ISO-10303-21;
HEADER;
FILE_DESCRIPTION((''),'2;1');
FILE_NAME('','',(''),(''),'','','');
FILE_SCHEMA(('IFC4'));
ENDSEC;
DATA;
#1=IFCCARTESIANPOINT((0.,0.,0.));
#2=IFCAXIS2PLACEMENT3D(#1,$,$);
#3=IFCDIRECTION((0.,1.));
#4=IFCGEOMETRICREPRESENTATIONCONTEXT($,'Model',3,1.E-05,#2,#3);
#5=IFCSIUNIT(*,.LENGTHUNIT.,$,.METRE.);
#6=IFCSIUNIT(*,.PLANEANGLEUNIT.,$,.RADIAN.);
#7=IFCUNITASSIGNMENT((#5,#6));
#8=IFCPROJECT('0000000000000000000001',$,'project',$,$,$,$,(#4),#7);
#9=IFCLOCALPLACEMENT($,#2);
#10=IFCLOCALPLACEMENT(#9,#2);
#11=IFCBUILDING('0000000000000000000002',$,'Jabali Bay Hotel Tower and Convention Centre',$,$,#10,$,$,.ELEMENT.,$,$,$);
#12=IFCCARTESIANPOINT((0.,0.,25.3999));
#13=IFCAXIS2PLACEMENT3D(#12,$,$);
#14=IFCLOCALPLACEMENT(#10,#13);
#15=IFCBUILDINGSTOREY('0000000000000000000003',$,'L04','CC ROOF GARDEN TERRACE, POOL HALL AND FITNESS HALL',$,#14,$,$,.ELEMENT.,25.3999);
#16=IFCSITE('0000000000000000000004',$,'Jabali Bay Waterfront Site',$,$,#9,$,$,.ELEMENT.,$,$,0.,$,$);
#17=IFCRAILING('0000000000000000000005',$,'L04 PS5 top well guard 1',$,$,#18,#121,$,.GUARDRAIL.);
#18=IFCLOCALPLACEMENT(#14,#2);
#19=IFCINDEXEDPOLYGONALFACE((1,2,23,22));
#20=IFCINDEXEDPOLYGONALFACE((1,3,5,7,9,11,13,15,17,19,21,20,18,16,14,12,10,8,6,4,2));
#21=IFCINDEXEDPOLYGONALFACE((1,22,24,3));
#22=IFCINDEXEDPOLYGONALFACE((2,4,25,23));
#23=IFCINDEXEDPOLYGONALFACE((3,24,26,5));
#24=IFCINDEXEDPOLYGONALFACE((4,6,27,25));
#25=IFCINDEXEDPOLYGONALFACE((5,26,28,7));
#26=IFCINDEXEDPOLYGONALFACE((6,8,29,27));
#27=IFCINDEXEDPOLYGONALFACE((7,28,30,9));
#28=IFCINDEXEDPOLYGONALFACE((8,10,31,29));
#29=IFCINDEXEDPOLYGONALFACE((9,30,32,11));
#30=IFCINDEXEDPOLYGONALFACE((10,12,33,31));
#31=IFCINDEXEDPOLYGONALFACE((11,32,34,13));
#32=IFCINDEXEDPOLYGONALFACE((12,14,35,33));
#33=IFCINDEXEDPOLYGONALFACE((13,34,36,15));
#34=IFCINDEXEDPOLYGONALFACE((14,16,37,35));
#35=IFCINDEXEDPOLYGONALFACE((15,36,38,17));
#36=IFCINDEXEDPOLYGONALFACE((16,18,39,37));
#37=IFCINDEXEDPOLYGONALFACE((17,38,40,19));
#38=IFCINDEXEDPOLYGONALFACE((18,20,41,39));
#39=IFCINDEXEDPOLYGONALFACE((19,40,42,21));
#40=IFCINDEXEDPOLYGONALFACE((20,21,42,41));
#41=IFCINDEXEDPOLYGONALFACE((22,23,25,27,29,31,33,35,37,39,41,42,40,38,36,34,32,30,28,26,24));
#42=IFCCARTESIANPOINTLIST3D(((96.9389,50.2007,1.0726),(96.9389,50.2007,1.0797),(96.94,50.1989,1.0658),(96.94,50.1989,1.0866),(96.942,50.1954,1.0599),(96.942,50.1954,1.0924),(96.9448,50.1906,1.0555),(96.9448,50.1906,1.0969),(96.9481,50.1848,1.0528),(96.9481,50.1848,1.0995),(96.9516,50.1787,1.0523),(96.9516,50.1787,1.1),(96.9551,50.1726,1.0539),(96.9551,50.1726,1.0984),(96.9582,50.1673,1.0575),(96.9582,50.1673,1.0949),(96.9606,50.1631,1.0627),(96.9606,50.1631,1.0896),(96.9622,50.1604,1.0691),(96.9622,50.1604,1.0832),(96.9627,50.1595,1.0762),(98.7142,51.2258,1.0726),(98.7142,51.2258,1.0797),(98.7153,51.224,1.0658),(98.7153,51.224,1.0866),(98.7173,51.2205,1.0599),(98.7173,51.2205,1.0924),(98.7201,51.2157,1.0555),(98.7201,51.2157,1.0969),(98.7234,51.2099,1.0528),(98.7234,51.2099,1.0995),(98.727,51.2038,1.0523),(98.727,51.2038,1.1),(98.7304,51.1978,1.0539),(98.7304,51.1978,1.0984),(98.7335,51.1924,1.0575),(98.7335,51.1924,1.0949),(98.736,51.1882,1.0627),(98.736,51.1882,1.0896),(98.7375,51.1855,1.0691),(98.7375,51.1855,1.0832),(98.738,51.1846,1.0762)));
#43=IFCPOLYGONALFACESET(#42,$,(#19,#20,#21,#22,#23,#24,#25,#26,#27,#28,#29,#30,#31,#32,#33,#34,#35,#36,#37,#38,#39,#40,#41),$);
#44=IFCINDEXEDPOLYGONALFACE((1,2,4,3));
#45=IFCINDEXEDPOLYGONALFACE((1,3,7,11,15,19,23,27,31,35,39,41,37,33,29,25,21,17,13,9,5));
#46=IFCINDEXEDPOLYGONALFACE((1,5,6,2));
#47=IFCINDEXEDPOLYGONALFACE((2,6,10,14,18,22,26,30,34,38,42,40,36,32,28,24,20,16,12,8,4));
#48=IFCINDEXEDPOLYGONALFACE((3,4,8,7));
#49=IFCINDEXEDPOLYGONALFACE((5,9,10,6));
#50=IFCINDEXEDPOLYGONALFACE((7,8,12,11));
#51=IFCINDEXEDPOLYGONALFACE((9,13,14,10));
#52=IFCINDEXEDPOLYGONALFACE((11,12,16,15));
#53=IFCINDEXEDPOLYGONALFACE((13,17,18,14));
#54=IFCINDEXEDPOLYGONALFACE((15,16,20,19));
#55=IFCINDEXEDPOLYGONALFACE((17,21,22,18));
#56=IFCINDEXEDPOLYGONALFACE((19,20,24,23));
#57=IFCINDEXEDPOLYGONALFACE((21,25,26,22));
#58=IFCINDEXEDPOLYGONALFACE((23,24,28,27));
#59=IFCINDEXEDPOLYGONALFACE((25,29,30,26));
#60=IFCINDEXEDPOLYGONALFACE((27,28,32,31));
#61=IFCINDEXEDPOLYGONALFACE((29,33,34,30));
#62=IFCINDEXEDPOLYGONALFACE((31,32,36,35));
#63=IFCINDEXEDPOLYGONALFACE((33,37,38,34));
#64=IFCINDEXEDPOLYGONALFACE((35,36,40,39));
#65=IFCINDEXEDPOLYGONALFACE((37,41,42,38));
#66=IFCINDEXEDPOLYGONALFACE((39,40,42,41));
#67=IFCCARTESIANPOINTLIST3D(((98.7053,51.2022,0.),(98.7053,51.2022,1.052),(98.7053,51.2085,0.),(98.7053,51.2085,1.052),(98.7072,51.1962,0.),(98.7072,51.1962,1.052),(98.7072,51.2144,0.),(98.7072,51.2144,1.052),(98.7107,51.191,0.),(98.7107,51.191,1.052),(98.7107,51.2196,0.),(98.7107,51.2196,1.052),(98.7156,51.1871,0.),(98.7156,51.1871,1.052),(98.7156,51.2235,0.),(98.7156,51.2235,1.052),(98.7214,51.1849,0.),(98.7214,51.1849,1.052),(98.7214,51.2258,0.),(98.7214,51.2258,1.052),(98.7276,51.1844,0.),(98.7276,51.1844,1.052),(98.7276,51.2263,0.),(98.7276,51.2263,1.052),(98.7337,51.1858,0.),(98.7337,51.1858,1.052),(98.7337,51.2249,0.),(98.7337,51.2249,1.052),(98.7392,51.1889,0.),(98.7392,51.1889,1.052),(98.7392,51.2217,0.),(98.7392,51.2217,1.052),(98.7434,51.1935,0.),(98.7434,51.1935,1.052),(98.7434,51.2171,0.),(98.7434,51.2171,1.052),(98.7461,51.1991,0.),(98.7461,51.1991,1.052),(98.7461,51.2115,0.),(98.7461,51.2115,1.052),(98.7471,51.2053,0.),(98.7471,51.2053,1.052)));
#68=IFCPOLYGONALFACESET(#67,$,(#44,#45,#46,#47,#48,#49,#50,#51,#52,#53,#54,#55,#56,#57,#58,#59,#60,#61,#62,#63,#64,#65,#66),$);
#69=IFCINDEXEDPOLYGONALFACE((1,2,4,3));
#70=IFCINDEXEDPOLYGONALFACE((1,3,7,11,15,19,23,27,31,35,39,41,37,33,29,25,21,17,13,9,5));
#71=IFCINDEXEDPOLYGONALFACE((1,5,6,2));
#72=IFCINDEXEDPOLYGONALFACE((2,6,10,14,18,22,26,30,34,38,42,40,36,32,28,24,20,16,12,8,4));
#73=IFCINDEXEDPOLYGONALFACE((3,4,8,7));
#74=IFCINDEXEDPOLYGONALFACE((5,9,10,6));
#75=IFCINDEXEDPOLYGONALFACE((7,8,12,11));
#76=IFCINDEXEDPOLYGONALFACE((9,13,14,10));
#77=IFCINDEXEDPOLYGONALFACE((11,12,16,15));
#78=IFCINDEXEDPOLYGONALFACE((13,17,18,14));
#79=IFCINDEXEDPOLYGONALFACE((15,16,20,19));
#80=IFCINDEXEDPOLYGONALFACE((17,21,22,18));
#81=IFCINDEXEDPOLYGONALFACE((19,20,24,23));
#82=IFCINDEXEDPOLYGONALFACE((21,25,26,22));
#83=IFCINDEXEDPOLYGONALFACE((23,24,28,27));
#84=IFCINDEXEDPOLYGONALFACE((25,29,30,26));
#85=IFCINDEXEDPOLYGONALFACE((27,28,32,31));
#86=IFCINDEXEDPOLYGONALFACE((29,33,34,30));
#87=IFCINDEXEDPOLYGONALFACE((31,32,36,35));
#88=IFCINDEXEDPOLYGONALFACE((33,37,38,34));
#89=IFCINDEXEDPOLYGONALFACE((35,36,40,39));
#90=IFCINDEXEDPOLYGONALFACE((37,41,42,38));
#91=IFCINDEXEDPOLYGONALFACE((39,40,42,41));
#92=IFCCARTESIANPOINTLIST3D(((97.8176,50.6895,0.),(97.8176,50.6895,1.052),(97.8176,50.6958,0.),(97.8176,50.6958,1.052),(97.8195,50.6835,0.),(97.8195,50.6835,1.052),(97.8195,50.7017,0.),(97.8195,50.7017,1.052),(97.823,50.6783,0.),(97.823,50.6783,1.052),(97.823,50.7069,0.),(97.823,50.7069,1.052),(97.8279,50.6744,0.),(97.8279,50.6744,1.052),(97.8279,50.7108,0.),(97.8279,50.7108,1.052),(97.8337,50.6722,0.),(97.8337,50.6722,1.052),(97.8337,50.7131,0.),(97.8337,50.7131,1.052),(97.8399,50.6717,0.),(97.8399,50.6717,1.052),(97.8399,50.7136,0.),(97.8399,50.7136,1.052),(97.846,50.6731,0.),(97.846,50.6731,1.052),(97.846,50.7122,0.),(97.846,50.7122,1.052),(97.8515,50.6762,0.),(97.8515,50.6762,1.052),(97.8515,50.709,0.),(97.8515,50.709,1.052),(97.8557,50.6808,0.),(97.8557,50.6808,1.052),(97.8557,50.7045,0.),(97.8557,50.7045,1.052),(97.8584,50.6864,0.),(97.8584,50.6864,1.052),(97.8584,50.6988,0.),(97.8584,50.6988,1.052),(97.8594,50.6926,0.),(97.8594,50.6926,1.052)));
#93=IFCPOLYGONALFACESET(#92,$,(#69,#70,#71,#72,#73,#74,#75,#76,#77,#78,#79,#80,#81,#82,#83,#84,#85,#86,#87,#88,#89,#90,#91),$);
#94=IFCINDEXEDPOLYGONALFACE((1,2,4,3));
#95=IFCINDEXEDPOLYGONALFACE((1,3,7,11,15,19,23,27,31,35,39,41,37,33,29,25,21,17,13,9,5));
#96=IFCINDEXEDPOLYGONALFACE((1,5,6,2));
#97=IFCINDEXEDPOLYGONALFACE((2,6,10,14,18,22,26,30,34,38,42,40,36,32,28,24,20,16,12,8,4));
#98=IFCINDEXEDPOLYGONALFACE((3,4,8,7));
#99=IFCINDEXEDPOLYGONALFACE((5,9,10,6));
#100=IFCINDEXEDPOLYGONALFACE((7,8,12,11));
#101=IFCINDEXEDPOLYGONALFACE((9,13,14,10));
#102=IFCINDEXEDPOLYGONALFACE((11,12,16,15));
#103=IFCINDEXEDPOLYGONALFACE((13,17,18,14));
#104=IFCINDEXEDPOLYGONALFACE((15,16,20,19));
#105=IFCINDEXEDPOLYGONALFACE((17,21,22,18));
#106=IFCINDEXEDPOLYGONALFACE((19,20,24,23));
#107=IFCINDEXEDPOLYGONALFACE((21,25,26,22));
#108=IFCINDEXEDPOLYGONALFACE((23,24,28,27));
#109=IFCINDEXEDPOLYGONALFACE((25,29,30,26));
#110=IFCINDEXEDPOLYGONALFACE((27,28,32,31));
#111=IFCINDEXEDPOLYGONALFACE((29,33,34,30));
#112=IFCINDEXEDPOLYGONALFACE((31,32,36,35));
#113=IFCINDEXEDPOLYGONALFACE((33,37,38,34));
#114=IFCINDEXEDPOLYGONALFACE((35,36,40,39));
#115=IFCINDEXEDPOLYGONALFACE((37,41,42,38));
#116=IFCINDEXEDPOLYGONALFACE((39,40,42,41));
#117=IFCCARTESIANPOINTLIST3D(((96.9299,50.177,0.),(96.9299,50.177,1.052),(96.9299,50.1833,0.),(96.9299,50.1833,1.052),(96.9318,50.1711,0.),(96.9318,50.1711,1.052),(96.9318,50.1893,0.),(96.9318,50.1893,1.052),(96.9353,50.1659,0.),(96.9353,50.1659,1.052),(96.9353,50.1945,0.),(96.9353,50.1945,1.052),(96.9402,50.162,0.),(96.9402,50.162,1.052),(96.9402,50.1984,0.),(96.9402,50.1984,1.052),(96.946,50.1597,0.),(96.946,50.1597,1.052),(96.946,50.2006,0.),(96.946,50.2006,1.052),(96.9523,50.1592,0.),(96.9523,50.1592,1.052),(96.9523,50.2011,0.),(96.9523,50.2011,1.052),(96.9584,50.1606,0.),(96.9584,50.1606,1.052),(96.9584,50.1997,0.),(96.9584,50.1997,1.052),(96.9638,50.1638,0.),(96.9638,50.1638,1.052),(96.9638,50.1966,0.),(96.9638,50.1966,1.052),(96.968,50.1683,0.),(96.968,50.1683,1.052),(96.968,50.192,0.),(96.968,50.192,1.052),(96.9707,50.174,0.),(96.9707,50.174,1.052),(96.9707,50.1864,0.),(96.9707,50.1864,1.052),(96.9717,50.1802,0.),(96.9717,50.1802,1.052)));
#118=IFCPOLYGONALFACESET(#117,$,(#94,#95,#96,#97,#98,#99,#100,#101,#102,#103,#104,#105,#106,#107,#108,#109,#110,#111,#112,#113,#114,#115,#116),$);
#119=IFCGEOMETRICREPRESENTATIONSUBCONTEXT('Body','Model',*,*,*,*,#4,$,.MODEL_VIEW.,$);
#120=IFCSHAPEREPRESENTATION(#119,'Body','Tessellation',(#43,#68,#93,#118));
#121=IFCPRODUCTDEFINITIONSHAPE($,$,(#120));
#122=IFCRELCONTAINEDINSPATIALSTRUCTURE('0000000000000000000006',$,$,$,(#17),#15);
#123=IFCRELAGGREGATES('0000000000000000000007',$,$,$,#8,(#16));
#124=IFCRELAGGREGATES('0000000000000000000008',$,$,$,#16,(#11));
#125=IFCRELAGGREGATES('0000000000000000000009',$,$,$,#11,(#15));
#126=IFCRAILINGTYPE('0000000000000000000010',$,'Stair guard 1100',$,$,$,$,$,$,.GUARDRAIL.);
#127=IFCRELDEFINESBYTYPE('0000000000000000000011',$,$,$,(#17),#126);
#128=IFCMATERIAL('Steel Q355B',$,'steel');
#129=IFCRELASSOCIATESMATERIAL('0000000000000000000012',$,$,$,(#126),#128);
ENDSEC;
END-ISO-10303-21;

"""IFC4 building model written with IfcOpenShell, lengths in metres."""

from ifc_helpers import new_model, si_unit, direction, frame, origin, origin_2d, place, context, subcontext, project, spatial, circle, extrude, material, type_object, element, save


model = new_model("IFC4")

# Units and contexts
model_context = context("Model", 3, precision=1e-05, world=origin(), true_north=direction((0.0, 1.0)))
body_context = subcontext(model_context, "Body", "Model", "MODEL_VIEW")
ifc_project = project(units=[si_unit("LENGTHUNIT", "METRE"), si_unit("PLANEANGLEUNIT", "RADIAN")], contexts=[model_context])

# Site, building, storey
site_placement = place(None, origin())
site = spatial("IfcSite", under=ifc_project, at=site_placement, Name="Jabali Bay Waterfront Site", CompositionType="ELEMENT", RefElevation=0.0)
building_placement = place(site_placement, origin())
building = spatial("IfcBuilding", under=site, at=building_placement, Name="Jabali Bay Hotel Tower and Convention Centre", CompositionType="ELEMENT")
storey_placement = place(building_placement, frame((0.0, 0.0, 25.3999)))
storey = spatial("IfcBuildingStorey", under=building, at=storey_placement, Name="L04", Description="CC ROOF GARDEN TERRACE, POOL HALL AND FITNESS HALL", CompositionType="ELEMENT", Elevation=25.3999)

# Railing
ifc_material_1 = material(Name="Steel Q355B", Category="steel")
railing_type = type_object("IfcRailingType", Name="Stair guard 1100", PredefinedType="GUARDRAIL", material=ifc_material_1)
railing_placement = place(storey_placement, frame((98.7261, 51.2053, 0.0)))
element("IfcRailing", 1, at=railing_placement, inside=storey, type_object=railing_type, Name="L04 PS5 top well guard 1", PredefinedType="GUARDRAIL", context=body_context, shape_type="SweptSolid", body=[
    extrude(circle(Radius=0.0239, at=origin_2d()), frame((0.0, 0.0, 1.0762), z_axis=(-0.865999, -0.500045, 0.0), x_axis=(0.500045, -0.865999, 0.0)), (0.0, 0.0, 1.0), 2.05),
    extrude(circle(Radius=0.021, at=origin_2d()), origin(), (0.0, 0.0, 1.0), 1.052),
    extrude(circle(Radius=0.021, at=origin_2d()), frame((-0.8877, -0.5127, 0.0)), (0.0, 0.0, 1.0), 1.052),
    extrude(circle(Radius=0.021, at=origin_2d()), frame((-1.7754, -1.0251, 0.0)), (0.0, 0.0, 1.0), 1.052),
])

save(model, "model.ifc")
